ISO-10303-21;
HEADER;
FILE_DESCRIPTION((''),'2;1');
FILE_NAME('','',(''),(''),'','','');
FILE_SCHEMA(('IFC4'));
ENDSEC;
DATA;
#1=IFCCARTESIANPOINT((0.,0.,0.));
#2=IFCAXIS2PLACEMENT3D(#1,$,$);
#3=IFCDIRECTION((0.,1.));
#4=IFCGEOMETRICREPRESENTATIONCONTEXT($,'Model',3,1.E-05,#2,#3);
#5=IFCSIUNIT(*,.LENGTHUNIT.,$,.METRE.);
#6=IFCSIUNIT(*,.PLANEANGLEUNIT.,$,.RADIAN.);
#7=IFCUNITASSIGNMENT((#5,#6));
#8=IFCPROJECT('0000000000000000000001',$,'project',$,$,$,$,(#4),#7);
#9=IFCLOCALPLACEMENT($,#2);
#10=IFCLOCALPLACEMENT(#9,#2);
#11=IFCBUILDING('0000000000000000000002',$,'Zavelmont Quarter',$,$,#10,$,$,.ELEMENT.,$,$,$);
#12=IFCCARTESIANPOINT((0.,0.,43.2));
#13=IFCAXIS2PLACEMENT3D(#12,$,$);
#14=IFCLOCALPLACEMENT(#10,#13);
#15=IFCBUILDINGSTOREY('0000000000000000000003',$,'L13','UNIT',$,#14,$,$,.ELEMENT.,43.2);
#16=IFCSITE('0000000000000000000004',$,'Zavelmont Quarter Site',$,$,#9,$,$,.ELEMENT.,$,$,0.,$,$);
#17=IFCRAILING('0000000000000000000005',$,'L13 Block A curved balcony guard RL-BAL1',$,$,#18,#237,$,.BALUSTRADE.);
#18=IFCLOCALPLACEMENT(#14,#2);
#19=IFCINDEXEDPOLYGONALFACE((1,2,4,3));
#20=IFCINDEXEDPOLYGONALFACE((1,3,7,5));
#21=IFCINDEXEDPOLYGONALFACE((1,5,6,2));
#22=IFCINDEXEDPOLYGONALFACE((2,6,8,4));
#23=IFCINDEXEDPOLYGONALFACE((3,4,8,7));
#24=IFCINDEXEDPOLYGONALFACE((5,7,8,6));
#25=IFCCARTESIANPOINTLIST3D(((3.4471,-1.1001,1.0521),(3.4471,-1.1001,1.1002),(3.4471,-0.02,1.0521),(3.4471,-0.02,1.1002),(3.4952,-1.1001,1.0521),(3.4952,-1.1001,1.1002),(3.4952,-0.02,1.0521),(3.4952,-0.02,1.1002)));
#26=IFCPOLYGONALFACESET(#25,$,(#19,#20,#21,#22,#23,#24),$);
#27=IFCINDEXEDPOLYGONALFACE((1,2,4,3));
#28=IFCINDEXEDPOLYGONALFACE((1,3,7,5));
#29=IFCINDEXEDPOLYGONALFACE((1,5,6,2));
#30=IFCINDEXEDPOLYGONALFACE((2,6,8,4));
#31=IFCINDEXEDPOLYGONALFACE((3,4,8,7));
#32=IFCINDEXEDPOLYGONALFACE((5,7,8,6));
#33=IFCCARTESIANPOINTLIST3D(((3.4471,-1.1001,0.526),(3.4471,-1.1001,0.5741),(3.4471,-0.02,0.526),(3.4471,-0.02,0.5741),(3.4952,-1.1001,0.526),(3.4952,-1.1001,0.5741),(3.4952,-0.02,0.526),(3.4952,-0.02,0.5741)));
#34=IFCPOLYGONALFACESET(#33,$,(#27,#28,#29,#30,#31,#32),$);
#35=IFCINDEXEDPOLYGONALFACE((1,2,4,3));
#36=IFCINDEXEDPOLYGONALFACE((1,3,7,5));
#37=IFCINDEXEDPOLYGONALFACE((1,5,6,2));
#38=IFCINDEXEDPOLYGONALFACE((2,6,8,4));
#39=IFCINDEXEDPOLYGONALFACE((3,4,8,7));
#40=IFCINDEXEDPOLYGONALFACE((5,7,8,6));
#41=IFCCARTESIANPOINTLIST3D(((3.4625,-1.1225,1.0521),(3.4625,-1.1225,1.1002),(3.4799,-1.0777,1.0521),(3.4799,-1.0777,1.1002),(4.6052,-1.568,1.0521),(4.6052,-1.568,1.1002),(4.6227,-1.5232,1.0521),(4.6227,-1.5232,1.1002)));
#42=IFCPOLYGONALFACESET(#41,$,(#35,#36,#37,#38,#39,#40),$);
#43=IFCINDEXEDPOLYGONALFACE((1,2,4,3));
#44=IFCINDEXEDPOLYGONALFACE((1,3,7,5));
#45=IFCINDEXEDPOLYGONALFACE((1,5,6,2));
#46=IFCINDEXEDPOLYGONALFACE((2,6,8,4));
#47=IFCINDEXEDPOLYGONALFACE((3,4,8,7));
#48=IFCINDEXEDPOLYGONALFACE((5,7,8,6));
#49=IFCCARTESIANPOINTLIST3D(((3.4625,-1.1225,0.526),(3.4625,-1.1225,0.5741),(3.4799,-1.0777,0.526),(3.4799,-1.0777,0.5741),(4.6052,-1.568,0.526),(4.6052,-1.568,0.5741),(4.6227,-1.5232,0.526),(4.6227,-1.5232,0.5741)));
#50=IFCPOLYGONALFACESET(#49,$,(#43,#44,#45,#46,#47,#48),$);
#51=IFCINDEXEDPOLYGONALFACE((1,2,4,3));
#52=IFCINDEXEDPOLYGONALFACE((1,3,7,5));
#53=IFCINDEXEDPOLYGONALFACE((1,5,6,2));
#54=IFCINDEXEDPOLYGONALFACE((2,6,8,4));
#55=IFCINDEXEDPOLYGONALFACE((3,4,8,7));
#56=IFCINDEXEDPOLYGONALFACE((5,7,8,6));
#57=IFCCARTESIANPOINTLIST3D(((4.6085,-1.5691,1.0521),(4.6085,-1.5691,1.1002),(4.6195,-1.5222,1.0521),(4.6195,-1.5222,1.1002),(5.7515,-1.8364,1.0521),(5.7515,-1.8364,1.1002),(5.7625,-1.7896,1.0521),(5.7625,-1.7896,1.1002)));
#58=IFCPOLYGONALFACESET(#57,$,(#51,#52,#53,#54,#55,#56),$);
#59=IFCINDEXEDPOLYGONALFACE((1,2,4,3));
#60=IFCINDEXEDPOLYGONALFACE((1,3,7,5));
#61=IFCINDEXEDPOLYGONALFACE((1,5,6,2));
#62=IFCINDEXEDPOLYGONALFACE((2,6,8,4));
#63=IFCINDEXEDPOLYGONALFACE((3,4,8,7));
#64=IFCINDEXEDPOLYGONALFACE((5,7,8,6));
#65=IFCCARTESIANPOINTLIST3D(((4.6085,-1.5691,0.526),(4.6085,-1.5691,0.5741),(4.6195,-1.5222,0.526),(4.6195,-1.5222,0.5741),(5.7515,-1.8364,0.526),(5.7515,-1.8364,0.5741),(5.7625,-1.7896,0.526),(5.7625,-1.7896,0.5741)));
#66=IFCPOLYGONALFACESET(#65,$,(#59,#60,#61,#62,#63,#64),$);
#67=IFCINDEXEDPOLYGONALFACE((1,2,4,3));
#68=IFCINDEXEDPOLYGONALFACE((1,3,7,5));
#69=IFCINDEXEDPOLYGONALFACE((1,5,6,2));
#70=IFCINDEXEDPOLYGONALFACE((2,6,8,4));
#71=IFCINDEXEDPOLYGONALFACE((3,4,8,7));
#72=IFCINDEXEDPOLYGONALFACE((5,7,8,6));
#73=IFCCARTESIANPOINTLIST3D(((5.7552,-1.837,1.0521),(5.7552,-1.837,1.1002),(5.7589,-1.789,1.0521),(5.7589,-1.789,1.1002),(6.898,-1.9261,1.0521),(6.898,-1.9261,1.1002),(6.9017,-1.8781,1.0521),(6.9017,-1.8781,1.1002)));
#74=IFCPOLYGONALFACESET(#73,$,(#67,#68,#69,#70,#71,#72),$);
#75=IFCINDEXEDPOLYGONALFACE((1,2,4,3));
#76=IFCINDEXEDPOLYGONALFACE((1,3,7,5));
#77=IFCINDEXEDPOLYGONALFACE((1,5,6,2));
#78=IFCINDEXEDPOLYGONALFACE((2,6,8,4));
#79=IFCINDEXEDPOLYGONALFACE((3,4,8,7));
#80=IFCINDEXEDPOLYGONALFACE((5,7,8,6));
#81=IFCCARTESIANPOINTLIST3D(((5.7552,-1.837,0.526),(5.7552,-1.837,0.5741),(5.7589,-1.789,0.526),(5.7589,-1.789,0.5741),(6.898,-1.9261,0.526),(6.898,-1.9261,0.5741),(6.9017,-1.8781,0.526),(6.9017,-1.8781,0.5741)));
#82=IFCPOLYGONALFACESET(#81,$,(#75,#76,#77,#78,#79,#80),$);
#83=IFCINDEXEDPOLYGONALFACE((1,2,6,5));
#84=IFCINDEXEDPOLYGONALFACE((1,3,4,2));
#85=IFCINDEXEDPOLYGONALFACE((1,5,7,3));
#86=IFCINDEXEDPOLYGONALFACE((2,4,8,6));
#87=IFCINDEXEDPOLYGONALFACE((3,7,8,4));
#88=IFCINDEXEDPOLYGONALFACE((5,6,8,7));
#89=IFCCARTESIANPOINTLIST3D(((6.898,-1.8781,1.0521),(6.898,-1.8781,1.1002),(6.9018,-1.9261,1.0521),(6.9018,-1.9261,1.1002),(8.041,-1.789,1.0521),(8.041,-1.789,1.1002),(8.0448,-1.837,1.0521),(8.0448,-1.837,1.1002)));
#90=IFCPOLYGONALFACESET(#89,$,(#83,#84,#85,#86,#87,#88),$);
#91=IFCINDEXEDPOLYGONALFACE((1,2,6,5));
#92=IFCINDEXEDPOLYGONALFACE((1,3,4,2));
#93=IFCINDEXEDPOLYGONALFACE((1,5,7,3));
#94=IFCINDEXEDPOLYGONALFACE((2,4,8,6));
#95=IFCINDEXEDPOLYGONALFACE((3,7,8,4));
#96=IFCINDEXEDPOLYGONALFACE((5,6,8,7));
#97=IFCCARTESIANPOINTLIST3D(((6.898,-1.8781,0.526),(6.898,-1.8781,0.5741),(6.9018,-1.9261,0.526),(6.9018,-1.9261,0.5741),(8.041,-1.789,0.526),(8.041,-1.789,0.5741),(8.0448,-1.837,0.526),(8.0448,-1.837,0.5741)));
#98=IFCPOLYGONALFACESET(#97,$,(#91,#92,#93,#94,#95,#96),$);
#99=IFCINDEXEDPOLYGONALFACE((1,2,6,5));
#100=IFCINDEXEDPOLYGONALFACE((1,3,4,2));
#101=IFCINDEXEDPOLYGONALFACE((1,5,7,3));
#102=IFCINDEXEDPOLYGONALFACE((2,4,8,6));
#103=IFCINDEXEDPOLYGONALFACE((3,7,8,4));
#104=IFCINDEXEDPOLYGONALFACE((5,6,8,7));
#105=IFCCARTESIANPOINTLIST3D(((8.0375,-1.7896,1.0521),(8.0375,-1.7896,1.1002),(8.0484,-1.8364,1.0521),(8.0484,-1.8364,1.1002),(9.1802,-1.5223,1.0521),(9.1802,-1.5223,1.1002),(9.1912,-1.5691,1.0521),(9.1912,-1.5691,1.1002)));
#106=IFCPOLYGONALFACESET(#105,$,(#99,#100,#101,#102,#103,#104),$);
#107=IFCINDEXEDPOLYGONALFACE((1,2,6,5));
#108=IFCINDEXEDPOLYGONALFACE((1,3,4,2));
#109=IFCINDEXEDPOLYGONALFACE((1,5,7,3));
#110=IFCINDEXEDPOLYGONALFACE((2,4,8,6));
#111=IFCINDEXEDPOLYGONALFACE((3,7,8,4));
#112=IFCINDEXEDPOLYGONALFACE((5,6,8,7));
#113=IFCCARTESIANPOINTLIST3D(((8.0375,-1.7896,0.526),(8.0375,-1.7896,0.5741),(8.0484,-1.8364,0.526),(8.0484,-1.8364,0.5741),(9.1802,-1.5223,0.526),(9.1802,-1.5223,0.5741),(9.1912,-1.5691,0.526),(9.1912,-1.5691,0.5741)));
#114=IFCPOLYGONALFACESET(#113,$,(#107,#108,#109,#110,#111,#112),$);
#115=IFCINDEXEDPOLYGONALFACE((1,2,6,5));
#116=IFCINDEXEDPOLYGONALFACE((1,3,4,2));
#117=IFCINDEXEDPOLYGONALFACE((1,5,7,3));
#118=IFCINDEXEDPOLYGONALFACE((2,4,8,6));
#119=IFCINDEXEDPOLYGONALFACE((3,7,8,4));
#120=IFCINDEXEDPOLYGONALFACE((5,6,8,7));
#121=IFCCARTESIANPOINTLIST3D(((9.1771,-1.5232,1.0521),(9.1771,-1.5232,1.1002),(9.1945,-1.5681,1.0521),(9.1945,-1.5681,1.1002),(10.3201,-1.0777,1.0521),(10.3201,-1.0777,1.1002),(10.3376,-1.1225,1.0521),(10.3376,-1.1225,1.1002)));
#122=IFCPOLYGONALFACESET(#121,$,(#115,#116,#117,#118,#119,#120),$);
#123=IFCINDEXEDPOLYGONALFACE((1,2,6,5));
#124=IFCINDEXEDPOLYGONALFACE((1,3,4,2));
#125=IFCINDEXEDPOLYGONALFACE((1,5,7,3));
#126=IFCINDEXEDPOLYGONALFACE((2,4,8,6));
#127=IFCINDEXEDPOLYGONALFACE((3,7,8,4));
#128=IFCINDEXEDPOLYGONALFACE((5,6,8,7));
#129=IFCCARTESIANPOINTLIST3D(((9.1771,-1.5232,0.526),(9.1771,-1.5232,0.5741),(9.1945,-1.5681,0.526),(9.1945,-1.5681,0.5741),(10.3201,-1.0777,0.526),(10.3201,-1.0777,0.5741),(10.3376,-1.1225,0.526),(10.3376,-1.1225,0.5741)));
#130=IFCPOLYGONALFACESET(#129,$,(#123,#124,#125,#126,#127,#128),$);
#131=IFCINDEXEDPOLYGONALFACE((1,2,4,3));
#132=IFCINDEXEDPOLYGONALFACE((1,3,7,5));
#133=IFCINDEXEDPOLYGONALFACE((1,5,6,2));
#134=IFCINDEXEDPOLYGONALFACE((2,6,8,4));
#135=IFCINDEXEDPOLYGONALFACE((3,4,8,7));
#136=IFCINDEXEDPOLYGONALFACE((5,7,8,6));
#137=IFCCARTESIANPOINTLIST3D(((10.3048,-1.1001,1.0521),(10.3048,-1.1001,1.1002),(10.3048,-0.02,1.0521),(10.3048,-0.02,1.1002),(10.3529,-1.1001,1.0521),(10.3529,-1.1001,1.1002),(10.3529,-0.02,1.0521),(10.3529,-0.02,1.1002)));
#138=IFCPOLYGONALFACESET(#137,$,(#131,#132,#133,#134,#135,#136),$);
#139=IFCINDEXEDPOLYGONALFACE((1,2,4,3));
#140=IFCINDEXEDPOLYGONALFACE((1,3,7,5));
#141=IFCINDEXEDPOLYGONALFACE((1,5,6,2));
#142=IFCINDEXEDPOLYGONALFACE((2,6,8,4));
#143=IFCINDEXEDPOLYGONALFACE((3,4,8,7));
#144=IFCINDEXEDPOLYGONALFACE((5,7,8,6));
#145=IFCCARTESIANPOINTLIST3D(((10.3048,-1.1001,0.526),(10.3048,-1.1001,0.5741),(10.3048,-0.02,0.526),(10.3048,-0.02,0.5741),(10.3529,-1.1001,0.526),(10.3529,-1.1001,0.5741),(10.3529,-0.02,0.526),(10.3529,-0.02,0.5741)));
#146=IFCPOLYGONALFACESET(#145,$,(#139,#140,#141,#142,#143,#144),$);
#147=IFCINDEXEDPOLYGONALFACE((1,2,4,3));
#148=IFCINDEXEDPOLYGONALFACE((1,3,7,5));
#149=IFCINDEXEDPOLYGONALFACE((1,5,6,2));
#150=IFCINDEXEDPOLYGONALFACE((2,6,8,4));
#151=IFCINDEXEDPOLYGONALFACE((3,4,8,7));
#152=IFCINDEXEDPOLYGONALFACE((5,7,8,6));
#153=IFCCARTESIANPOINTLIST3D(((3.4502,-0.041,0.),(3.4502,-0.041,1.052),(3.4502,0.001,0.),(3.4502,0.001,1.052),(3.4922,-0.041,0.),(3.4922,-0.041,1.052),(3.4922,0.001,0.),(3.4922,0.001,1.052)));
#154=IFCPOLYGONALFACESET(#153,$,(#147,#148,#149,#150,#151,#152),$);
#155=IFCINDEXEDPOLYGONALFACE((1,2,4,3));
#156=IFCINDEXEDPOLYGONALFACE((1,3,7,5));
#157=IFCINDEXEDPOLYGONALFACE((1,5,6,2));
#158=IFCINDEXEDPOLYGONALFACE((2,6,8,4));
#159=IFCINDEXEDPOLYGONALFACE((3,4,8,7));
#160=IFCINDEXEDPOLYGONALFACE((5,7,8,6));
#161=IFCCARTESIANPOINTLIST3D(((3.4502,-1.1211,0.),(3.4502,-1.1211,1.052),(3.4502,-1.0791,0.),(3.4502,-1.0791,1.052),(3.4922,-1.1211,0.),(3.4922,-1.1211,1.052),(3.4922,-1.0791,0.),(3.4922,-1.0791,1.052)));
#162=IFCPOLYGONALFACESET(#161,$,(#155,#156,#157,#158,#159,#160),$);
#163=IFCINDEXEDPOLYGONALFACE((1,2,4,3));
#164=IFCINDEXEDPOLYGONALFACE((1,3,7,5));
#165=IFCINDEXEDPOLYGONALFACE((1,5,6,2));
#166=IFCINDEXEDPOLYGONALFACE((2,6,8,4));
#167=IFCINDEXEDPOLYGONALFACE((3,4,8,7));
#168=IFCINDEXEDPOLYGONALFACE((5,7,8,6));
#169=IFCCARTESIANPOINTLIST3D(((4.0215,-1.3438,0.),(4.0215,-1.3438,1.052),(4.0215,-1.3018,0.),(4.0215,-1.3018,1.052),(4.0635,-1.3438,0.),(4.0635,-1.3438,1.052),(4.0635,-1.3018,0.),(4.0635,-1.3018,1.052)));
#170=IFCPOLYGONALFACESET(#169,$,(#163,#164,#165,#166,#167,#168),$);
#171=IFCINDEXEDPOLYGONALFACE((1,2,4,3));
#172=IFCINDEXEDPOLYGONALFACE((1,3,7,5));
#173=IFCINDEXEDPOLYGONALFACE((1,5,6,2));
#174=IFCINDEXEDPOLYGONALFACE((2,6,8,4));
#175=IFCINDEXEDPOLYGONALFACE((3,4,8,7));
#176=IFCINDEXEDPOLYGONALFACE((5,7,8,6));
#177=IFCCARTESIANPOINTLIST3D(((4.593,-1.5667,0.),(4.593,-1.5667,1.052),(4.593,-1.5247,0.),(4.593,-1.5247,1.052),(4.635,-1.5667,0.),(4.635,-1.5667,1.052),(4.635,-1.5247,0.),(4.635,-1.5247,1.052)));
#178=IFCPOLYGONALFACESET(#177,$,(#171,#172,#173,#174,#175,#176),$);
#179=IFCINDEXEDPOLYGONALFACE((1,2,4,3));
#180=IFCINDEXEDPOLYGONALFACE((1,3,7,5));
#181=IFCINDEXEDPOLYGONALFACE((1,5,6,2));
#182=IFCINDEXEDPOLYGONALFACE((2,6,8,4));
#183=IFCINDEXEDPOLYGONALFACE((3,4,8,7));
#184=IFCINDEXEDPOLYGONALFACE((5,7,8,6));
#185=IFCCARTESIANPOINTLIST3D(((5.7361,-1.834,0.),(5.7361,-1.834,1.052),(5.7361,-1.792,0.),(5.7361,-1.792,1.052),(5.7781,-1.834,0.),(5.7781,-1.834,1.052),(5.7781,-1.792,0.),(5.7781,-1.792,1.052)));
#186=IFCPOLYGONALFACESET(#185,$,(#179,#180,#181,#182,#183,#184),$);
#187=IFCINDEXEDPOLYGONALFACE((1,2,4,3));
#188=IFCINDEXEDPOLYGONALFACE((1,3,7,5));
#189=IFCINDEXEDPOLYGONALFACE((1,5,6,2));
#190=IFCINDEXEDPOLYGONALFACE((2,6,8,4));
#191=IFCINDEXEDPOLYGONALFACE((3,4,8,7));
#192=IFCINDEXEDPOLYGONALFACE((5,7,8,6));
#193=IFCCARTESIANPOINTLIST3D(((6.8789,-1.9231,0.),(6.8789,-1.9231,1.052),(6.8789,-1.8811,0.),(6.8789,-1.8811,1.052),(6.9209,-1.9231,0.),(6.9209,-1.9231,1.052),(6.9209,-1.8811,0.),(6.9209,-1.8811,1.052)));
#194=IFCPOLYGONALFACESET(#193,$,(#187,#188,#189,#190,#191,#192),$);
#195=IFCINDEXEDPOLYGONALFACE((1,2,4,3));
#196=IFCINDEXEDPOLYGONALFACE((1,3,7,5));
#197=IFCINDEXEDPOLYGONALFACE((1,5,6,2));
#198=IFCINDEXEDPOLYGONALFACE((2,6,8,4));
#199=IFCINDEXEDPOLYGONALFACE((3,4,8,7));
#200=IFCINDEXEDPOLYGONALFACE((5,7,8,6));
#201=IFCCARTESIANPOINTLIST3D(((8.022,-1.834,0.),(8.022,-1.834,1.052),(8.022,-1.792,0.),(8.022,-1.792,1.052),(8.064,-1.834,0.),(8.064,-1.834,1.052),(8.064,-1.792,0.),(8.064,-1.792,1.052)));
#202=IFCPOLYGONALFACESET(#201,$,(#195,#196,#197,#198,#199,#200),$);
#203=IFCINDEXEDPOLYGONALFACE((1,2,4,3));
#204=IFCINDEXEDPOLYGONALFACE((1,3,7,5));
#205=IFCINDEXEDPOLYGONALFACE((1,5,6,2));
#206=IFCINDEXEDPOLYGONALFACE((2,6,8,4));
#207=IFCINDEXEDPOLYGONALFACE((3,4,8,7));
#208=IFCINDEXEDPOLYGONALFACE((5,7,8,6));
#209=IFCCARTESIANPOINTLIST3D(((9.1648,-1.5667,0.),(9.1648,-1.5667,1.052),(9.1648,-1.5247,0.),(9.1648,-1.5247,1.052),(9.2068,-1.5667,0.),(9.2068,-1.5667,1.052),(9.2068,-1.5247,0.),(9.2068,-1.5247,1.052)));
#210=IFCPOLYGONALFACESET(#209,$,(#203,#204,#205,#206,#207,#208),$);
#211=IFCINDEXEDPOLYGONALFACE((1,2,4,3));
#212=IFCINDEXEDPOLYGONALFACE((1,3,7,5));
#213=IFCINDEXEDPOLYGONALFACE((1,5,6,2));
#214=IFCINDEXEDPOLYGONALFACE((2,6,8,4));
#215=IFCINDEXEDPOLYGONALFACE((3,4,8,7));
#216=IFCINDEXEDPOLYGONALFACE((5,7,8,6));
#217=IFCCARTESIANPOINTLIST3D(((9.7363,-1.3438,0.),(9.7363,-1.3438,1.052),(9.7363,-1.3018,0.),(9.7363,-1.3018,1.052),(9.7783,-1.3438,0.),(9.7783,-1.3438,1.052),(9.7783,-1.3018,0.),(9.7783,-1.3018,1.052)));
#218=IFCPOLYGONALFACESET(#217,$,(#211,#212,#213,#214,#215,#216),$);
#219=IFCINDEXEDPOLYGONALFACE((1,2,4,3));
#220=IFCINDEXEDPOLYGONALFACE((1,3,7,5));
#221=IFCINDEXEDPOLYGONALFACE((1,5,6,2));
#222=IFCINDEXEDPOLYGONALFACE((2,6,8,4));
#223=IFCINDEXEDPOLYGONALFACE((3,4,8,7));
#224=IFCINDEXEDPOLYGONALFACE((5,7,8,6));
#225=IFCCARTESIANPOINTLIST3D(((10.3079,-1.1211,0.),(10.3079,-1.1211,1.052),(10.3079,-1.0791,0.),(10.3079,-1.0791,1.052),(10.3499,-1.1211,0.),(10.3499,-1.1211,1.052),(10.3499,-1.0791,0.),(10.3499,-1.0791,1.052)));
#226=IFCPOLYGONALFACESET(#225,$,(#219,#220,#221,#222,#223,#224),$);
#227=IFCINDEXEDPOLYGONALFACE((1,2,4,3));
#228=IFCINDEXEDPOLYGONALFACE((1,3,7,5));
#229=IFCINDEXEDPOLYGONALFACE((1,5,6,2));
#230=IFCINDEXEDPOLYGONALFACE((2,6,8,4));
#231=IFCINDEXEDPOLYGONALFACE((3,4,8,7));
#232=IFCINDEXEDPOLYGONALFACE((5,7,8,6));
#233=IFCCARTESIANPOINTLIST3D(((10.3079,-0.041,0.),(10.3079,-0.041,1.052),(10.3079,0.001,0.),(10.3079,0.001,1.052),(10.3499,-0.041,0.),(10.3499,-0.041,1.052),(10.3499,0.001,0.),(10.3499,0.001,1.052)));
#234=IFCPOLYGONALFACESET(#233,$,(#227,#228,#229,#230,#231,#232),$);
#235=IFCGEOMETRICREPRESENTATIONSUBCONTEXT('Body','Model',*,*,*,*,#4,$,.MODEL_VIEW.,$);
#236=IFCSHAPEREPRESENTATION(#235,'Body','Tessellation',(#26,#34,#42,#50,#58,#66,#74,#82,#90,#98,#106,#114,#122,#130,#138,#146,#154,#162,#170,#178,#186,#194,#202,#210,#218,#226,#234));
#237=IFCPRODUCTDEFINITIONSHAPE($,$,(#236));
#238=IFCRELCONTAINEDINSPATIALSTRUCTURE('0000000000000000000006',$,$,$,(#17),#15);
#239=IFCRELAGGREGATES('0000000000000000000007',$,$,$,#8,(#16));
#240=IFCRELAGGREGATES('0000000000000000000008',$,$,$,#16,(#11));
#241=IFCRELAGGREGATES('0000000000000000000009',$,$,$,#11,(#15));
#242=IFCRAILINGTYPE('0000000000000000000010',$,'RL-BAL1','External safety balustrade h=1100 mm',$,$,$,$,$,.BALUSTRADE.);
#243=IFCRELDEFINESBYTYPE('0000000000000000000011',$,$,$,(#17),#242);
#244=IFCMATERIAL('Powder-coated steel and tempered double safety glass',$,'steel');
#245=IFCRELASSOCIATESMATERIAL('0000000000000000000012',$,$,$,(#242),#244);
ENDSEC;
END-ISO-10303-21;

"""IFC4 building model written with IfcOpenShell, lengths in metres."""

from ifc_helpers import new_model, si_unit, direction, frame, origin, origin_2d, place, context, subcontext, project, spatial, rectangle, extrude, material, type_object, element, save


model = new_model("IFC4")

# Units and contexts
model_context = context("Model", 3, precision=1e-05, world=origin(), true_north=direction((0.0, 1.0)))
body_context = subcontext(model_context, "Body", "Model", "MODEL_VIEW")
ifc_project = project(units=[si_unit("LENGTHUNIT", "METRE"), si_unit("PLANEANGLEUNIT", "RADIAN")], contexts=[model_context])

# Site, building, storey
site_placement = place(None, origin())
site = spatial("IfcSite", under=ifc_project, at=site_placement, Name="Zavelmont Quarter Site", CompositionType="ELEMENT", RefElevation=0.0)
building_placement = place(site_placement, origin())
building = spatial("IfcBuilding", under=site, at=building_placement, Name="Zavelmont Quarter", CompositionType="ELEMENT")
storey_placement = place(building_placement, frame((0.0, 0.0, 43.2)))
storey = spatial("IfcBuildingStorey", under=building, at=storey_placement, Name="L13", Description="UNIT", CompositionType="ELEMENT", Elevation=43.2)

# Railing
ifc_material_1 = material(Name="Powder-coated steel and tempered double safety glass", Category="steel")
railing_type = type_object("IfcRailingType", Name="RL-BAL1", Description="External safety balustrade h=1100 mm", PredefinedType="BALUSTRADE", material=ifc_material_1)
railing_placement = place(storey_placement, frame((3.4712, -0.02, 0.0)))
element("IfcRailing", 1, at=railing_placement, inside=storey, type_object=railing_type, Name="L13 Block A curved balcony guard RL-BAL1", PredefinedType="BALUSTRADE", context=body_context, shape_type="SweptSolid", body=[
    extrude(rectangle(XDim=0.0481, YDim=0.0481, at=origin_2d()), frame((0.0, 0.0, 1.0762), z_axis=(0.0, -1.0, 0.0), x_axis=(1.0, 0.0, 0.0)), (0.0, 0.0, 1.0), 1.0801),
    extrude(rectangle(XDim=0.0481, YDim=0.0481, at=origin_2d()), frame((0.0, 0.0, 0.55), z_axis=(0.0, -1.0, 0.0), x_axis=(1.0, 0.0, 0.0)), (0.0, 0.0, 1.0), 1.0801),
    extrude(rectangle(XDim=0.0481, YDim=0.0481, at=origin_2d()), frame((0.0, -1.0801, 1.0762), z_axis=(0.931694, -0.363243, 0.0), x_axis=(0.363243, 0.931694, 0.0)), (0.0, 0.0, 1.0), 1.2266),
    extrude(rectangle(XDim=0.0481, YDim=0.0481, at=origin_2d()), frame((0.0, -1.0801, 0.55), z_axis=(0.931694, -0.363243, 0.0), x_axis=(0.363243, 0.931694, 0.0)), (0.0, 0.0, 1.0), 1.2266),
    extrude(rectangle(XDim=0.0481, YDim=0.0481, at=origin_2d()), frame((1.1428, -1.5256, 1.0762), z_axis=(0.973724, -0.227729, 0.0), x_axis=(0.227729, 0.973724, 0.0)), (0.0, 0.0, 1.0), 1.1738),
    extrude(rectangle(XDim=0.0481, YDim=0.0481, at=origin_2d()), frame((1.1428, -1.5256, 0.55), z_axis=(0.973724, -0.227729, 0.0), x_axis=(0.227729, 0.973724, 0.0)), (0.0, 0.0, 1.0), 1.1738),
    extrude(rectangle(XDim=0.0481, YDim=0.0481, at=origin_2d()), frame((2.2859, -1.793, 1.0762), z_axis=(0.996974, -0.077739, 0.0), x_axis=(0.077739, 0.996974, 0.0)), (0.0, 0.0, 1.0), 1.1462),
    extrude(rectangle(XDim=0.0481, YDim=0.0481, at=origin_2d()), frame((2.2859, -1.793, 0.55), z_axis=(0.996974, -0.077739, 0.0), x_axis=(0.077739, 0.996974, 0.0)), (0.0, 0.0, 1.0), 1.1462),
    extrude(rectangle(XDim=0.0481, YDim=0.0481, at=origin_2d()), frame((3.4287, -1.8821, 1.0762), z_axis=(0.996975, 0.077722, 0.0), x_axis=(-0.077722, 0.996975, 0.0)), (0.0, 0.0, 1.0), 1.1465),
    extrude(rectangle(XDim=0.0481, YDim=0.0481, at=origin_2d()), frame((3.4287, -1.8821, 0.55), z_axis=(0.996975, 0.077722, 0.0), x_axis=(-0.077722, 0.996975, 0.0)), (0.0, 0.0, 1.0), 1.1465),
    extrude(rectangle(XDim=0.0481, YDim=0.0481, at=origin_2d()), frame((4.5718, -1.793, 1.0762), z_axis=(0.973714, 0.227775, 0.0), x_axis=(-0.227775, 0.973714, 0.0)), (0.0, 0.0, 1.0), 1.1736),
    extrude(rectangle(XDim=0.0481, YDim=0.0481, at=origin_2d()), frame((4.5718, -1.793, 0.55), z_axis=(0.973714, 0.227775, 0.0), x_axis=(-0.227775, 0.973714, 0.0)), (0.0, 0.0, 1.0), 1.1736),
    extrude(rectangle(XDim=0.0481, YDim=0.0481, at=origin_2d()), frame((5.7146, -1.5256, 1.0762), z_axis=(0.931721, 0.363176, 0.0), x_axis=(-0.363176, 0.931721, 0.0)), (0.0, 0.0, 1.0), 1.2268),
    extrude(rectangle(XDim=0.0481, YDim=0.0481, at=origin_2d()), frame((5.7146, -1.5256, 0.55), z_axis=(0.931721, 0.363176, 0.0), x_axis=(-0.363176, 0.931721, 0.0)), (0.0, 0.0, 1.0), 1.2268),
    extrude(rectangle(XDim=0.0481, YDim=0.0481, at=origin_2d()), frame((6.8577, -1.0801, 1.0762), z_axis=(0.0, 1.0, 0.0), x_axis=(-1.0, 0.0, 0.0)), (0.0, 0.0, 1.0), 1.0801),
    extrude(rectangle(XDim=0.0481, YDim=0.0481, at=origin_2d()), frame((6.8577, -1.0801, 0.55), z_axis=(0.0, 1.0, 0.0), x_axis=(-1.0, 0.0, 0.0)), (0.0, 0.0, 1.0), 1.0801),
    extrude(rectangle(XDim=0.042, YDim=0.042, at=origin_2d()), origin(), (0.0, 0.0, 1.0), 1.052),
    extrude(rectangle(XDim=0.042, YDim=0.042, at=origin_2d()), frame((0.0, -1.0801, 0.0)), (0.0, 0.0, 1.0), 1.052),
    extrude(rectangle(XDim=0.042, YDim=0.042, at=origin_2d()), frame((0.5713, -1.3027, 0.0)), (0.0, 0.0, 1.0), 1.052),
    extrude(rectangle(XDim=0.042, YDim=0.042, at=origin_2d()), frame((1.1428, -1.5256, 0.0)), (0.0, 0.0, 1.0), 1.052),
    extrude(rectangle(XDim=0.042, YDim=0.042, at=origin_2d()), frame((2.2859, -1.793, 0.0)), (0.0, 0.0, 1.0), 1.052),
    extrude(rectangle(XDim=0.042, YDim=0.042, at=origin_2d()), frame((3.4287, -1.8821, 0.0)), (0.0, 0.0, 1.0), 1.052),
    extrude(rectangle(XDim=0.042, YDim=0.042, at=origin_2d()), frame((4.5718, -1.793, 0.0)), (0.0, 0.0, 1.0), 1.052),
    extrude(rectangle(XDim=0.042, YDim=0.042, at=origin_2d()), frame((5.7146, -1.5256, 0.0)), (0.0, 0.0, 1.0), 1.052),
    extrude(rectangle(XDim=0.042, YDim=0.042, at=origin_2d()), frame((6.2861, -1.3027, 0.0)), (0.0, 0.0, 1.0), 1.052),
    extrude(rectangle(XDim=0.042, YDim=0.042, at=origin_2d()), frame((6.8577, -1.0801, 0.0)), (0.0, 0.0, 1.0), 1.052),
    extrude(rectangle(XDim=0.042, YDim=0.042, at=origin_2d()), frame((6.8577, 0.0, 0.0)), (0.0, 0.0, 1.0), 1.052),
])

save(model, "model.ifc")
